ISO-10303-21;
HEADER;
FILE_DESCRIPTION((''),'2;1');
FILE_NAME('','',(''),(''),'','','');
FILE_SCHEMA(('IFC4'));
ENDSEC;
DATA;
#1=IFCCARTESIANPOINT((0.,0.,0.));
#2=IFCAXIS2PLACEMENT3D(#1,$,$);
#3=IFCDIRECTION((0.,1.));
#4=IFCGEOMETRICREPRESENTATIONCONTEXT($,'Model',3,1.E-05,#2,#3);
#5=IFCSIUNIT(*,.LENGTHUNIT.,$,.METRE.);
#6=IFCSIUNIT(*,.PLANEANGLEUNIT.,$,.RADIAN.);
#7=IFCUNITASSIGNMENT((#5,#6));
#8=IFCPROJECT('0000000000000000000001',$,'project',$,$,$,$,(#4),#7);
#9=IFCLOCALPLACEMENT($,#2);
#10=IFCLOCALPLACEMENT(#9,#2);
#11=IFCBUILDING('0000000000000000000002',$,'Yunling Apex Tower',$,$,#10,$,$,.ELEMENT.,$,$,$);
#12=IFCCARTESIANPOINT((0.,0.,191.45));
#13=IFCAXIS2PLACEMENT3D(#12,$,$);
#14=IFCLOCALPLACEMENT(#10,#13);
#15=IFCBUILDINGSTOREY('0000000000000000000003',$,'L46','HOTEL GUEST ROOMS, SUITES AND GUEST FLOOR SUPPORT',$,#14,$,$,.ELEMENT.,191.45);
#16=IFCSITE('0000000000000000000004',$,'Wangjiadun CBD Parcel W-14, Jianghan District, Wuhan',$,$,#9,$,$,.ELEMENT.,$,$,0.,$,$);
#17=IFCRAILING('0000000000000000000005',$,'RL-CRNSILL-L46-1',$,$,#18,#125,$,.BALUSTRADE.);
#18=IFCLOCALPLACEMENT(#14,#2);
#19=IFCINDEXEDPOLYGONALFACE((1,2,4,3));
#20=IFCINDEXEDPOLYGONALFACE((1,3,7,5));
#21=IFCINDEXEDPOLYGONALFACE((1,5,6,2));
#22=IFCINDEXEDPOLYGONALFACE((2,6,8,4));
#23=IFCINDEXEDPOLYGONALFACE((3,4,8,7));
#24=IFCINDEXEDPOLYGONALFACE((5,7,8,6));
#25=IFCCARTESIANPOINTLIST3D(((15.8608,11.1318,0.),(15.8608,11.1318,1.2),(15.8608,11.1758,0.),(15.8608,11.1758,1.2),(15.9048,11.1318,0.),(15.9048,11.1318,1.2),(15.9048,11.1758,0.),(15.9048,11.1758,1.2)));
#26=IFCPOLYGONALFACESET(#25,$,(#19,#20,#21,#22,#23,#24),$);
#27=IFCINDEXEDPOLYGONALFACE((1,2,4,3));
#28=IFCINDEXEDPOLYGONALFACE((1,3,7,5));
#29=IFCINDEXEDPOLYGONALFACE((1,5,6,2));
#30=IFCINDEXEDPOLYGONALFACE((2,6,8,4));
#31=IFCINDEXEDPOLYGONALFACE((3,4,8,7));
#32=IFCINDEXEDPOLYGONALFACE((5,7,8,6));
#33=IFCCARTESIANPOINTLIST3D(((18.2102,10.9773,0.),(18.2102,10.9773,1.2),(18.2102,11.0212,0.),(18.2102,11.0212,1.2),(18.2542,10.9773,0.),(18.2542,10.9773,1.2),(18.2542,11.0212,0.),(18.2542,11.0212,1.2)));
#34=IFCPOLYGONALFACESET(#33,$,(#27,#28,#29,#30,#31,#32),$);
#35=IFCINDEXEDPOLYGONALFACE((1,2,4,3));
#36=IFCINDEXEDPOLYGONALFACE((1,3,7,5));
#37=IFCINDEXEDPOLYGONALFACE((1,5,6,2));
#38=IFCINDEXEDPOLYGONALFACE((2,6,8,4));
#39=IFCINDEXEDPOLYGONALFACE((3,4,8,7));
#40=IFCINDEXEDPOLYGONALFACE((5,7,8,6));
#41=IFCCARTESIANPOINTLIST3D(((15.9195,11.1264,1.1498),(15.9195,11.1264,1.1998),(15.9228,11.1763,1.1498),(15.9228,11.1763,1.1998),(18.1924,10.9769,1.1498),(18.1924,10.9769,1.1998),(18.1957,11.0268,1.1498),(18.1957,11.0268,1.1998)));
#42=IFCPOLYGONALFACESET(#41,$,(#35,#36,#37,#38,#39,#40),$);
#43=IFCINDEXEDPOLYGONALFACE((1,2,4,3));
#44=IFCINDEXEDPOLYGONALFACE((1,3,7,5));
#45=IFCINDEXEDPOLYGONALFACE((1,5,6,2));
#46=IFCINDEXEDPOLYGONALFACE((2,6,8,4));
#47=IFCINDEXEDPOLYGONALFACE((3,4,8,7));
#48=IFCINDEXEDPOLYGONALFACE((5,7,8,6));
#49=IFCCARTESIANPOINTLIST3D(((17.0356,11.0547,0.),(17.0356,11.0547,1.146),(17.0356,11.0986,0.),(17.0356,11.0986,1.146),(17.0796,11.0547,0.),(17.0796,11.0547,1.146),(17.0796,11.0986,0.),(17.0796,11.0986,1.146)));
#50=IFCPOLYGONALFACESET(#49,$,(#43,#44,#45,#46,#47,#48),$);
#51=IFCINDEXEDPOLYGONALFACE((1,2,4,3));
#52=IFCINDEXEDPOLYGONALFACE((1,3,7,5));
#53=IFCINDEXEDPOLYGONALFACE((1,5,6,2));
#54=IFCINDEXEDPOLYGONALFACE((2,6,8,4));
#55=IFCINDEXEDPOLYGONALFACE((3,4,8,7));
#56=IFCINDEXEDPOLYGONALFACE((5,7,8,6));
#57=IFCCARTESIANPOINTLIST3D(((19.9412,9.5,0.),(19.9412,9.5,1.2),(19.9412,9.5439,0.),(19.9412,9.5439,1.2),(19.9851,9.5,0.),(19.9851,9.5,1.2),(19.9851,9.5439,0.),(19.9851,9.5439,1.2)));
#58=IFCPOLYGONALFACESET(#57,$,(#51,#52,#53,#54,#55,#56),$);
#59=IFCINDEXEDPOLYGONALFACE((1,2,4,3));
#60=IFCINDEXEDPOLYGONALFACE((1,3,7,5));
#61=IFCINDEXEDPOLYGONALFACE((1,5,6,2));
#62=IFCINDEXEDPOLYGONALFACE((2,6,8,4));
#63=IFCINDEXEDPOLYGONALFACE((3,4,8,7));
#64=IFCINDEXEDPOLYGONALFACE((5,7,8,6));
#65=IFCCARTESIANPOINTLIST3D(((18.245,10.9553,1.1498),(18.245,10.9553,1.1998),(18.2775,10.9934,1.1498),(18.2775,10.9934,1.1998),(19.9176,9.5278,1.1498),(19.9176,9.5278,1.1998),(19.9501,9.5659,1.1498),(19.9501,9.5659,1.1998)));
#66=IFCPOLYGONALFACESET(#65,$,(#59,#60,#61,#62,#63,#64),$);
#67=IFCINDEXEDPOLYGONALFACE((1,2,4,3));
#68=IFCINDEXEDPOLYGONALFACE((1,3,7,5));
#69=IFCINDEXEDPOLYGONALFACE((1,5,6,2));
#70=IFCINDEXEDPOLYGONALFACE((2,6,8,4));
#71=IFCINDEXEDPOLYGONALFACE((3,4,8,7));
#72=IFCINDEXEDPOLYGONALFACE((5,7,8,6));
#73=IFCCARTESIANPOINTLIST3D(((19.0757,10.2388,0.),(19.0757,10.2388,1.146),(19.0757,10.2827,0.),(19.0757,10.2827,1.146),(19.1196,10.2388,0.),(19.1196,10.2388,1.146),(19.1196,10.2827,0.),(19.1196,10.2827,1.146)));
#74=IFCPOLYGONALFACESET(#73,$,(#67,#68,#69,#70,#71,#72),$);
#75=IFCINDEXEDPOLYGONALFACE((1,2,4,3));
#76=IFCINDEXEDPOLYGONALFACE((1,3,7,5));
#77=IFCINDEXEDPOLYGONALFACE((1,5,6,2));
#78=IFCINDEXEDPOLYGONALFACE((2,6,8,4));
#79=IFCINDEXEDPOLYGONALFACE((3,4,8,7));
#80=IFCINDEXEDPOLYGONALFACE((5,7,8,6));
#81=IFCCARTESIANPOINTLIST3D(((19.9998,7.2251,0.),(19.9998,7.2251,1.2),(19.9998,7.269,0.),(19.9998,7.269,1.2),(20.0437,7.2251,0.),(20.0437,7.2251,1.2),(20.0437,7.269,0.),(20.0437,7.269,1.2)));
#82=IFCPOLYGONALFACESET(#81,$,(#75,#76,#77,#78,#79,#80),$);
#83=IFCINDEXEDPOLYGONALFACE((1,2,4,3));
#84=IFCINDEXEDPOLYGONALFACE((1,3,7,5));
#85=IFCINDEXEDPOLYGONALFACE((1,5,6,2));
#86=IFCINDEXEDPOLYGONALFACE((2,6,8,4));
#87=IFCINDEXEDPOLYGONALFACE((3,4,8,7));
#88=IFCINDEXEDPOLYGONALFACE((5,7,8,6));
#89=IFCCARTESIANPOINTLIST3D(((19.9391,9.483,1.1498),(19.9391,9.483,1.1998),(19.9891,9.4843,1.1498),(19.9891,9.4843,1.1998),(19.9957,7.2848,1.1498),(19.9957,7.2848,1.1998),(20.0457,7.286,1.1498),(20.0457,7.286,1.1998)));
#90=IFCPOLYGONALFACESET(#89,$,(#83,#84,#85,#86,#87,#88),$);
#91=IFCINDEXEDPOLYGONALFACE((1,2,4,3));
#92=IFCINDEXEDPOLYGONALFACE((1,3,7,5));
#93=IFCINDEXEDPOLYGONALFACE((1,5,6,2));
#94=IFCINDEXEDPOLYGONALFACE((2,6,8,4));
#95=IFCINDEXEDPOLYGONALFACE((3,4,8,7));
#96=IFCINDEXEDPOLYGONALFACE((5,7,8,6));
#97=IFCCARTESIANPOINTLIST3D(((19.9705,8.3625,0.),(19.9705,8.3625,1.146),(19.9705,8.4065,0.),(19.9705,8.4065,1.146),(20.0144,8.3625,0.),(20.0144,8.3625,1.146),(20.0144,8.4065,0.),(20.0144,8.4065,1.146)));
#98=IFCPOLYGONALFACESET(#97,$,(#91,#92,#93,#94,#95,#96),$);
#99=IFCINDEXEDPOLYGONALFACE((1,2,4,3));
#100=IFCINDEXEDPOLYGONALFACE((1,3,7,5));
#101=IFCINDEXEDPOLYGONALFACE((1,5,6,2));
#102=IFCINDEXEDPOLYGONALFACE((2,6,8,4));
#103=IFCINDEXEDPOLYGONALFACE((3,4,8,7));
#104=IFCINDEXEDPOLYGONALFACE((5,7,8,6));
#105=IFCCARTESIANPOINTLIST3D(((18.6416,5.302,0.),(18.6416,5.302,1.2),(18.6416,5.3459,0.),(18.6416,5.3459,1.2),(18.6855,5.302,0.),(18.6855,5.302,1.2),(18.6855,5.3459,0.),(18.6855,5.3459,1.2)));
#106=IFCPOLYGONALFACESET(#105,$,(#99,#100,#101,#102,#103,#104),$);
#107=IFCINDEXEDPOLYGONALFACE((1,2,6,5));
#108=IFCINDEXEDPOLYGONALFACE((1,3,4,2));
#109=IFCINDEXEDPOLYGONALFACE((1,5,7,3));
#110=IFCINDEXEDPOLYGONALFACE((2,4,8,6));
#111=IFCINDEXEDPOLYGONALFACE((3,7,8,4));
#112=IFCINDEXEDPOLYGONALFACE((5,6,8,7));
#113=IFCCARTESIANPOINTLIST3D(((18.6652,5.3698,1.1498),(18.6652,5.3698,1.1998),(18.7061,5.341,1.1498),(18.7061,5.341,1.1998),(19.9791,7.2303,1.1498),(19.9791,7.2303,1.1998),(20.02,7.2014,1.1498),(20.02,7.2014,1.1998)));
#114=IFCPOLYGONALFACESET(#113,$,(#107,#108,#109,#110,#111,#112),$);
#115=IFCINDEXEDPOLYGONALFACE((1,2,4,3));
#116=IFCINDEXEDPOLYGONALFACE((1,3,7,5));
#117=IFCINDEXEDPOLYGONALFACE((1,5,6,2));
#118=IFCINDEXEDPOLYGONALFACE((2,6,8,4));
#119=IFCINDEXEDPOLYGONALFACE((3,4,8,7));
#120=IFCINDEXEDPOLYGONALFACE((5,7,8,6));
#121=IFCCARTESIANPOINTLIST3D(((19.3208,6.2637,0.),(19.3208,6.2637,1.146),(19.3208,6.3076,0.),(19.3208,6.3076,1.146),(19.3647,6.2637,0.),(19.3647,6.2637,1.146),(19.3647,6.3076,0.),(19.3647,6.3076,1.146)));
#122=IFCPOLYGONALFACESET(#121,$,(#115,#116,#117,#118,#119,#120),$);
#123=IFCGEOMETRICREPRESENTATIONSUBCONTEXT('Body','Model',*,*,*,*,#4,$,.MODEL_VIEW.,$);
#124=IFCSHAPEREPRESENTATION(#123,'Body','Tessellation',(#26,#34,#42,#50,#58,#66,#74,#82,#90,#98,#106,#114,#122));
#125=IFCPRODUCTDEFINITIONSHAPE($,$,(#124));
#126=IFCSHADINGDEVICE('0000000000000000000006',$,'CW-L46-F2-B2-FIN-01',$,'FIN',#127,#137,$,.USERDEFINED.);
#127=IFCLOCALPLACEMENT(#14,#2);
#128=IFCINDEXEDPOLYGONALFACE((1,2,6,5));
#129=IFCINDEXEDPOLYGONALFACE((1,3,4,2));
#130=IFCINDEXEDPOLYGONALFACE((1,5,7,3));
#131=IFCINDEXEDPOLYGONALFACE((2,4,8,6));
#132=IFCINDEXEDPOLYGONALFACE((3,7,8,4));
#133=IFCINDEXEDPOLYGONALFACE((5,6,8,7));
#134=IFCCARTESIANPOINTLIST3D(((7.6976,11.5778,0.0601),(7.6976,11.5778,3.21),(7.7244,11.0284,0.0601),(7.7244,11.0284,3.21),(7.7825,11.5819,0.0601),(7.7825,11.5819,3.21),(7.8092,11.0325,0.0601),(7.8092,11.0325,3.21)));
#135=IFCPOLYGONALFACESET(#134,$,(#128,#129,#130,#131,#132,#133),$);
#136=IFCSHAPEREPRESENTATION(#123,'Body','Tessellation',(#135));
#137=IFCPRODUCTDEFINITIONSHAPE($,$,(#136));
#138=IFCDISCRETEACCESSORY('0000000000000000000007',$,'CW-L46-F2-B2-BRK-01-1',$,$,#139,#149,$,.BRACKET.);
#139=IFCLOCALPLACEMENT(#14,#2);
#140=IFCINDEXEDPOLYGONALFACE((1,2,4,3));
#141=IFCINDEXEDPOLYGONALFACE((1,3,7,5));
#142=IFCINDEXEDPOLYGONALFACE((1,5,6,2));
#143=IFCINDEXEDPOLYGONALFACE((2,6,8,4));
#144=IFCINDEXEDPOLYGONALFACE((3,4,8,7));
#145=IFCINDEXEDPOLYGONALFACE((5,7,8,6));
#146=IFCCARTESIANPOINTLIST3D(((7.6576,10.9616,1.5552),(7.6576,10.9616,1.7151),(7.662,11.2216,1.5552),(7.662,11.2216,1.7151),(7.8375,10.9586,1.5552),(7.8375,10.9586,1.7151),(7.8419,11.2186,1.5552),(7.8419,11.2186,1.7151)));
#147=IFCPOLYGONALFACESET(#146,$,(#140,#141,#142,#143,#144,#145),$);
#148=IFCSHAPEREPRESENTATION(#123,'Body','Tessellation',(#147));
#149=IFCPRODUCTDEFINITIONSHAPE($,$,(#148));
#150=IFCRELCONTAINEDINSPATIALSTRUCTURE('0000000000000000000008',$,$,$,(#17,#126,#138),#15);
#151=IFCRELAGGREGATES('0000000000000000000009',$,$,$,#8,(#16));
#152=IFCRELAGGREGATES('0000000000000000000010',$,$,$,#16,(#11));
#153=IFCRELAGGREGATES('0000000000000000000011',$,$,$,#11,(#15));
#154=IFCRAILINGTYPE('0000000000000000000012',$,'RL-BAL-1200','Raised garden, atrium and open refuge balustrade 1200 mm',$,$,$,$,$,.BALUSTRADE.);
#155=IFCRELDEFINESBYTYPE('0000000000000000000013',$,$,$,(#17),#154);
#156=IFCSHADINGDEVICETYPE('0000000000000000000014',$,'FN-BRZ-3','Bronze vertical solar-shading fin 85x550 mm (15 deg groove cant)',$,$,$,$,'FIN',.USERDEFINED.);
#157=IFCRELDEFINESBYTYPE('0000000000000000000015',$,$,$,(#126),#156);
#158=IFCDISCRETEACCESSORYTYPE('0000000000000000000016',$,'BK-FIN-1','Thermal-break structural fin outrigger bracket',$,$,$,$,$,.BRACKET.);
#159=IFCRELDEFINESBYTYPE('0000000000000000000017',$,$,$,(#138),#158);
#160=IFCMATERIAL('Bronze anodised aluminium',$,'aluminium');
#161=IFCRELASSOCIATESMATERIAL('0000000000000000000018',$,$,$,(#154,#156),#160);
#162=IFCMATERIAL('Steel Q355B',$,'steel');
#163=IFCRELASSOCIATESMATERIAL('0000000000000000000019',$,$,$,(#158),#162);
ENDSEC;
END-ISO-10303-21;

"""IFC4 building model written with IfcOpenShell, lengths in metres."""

from ifc_helpers import new_model, si_unit, direction, frame, origin, origin_2d, place, context, subcontext, project, spatial, rectangle, extrude, source, transform, mapped, material, material_profile, profile_set, type_object, element, save


model = new_model("IFC4")

# Units and contexts
model_context = context("Model", 3, precision=1e-05, world=origin(), true_north=direction((0.0, 1.0)))
body_context = subcontext(model_context, "Body", "Model", "MODEL_VIEW")
ifc_project = project(units=[si_unit("LENGTHUNIT", "METRE"), si_unit("PLANEANGLEUNIT", "RADIAN")], contexts=[model_context])

# Site, building, storey
site_placement = place(None, origin())
site = spatial("IfcSite", under=ifc_project, at=site_placement, Name="Wangjiadun CBD Parcel W-14, Jianghan District, Wuhan", CompositionType="ELEMENT", RefElevation=0.0)
building_placement = place(site_placement, origin())
building = spatial("IfcBuilding", under=site, at=building_placement, Name="Yunling Apex Tower", CompositionType="ELEMENT")
storey_placement = place(building_placement, frame((0.0, 0.0, 191.45)))
storey = spatial("IfcBuildingStorey", under=building, at=storey_placement, Name="L46", Description="HOTEL GUEST ROOMS, SUITES AND GUEST FLOOR SUPPORT", CompositionType="ELEMENT", Elevation=191.45)

# Shared definitions
ifc_material_1 = material(Name="Steel Q355B", Category="steel")

# Shared definitions
ifc_material_2 = material(Name="Bronze anodised aluminium", Category="aluminium")

# Railing
railing_type = type_object("IfcRailingType", Name="RL-BAL-1200", Description="Raised garden, atrium and open refuge balustrade 1200 mm", PredefinedType="BALUSTRADE", material=ifc_material_2)
railing_placement = place(storey_placement, frame((15.8828, 11.1538, 0.0)))
element("IfcRailing", 1, at=railing_placement, inside=storey, type_object=railing_type, Name="RL-CRNSILL-L46-1", PredefinedType="BALUSTRADE", context=body_context, shape_type="SweptSolid", body=[
    extrude(rectangle(XDim=0.0439, YDim=0.0439, at=origin_2d()), origin(), (0.0, 0.0, 1.0), 1.2),
    extrude(rectangle(XDim=0.0439, YDim=0.0439, at=origin_2d()), frame((2.3494, -0.1545, 0.0)), (0.0, 0.0, 1.0), 1.2),
    extrude(rectangle(XDim=0.05, YDim=0.05, at=origin_2d()), frame((0.0383, -0.0024, 1.1748), z_axis=(0.997843, -0.065638, 0.0), x_axis=(0.065638, 0.997843, 0.0)), (0.0, 0.0, 1.0), 2.2778),
    extrude(rectangle(XDim=0.0439, YDim=0.0439, at=origin_2d()), frame((1.1748, -0.0771, 0.0)), (0.0, 0.0, 1.0), 1.146),
    extrude(rectangle(XDim=0.0439, YDim=0.0439, at=origin_2d()), frame((4.0803, -1.6318, 0.0)), (0.0, 0.0, 1.0), 1.2),
    extrude(rectangle(XDim=0.05, YDim=0.05, at=origin_2d()), frame((2.3784, -0.1794, 1.1748), z_axis=(0.760641, -0.649173, 0.0), x_axis=(0.649173, 0.760641, 0.0)), (0.0, 0.0, 1.0), 2.199),
    extrude(rectangle(XDim=0.0439, YDim=0.0439, at=origin_2d()), frame((3.2148, -0.8931, 0.0)), (0.0, 0.0, 1.0), 1.146),
    extrude(rectangle(XDim=0.0439, YDim=0.0439, at=origin_2d()), frame((4.1389, -3.9067, 0.0)), (0.0, 0.0, 1.0), 1.2),
    extrude(rectangle(XDim=0.05, YDim=0.05, at=origin_2d()), frame((4.0813, -1.6702, 1.1748), z_axis=(0.025748, -0.999668, 0.0), x_axis=(0.999668, 0.025748, 0.0)), (0.0, 0.0, 1.0), 2.199),
    extrude(rectangle(XDim=0.0439, YDim=0.0439, at=origin_2d()), frame((4.1096, -2.7693, 0.0)), (0.0, 0.0, 1.0), 1.146),
    extrude(rectangle(XDim=0.0439, YDim=0.0439, at=origin_2d()), frame((2.7808, -5.8298, 0.0)), (0.0, 0.0, 1.0), 1.2),
    extrude(rectangle(XDim=0.05, YDim=0.05, at=origin_2d()), frame((4.1167, -3.938, 1.1748), z_axis=(-0.576875, -0.816833, 0.0), x_axis=(0.816833, -0.576875, 0.0)), (0.0, 0.0, 1.0), 2.2776),
    extrude(rectangle(XDim=0.0439, YDim=0.0439, at=origin_2d()), frame((3.46, -4.8682, 0.0)), (0.0, 0.0, 1.0), 1.146),
])

# Shading device
ifc_material_profile_1 = material_profile(ifc_material_2, rectangle(XDim=0.085, YDim=0.55, at=origin_2d()))
ifc_profile_set_1 = profile_set([ifc_material_profile_1], Name="Bronze anodised aluminium")
shading_device_type = type_object("IfcShadingDeviceType", Name="FN-BRZ-3", Description="Bronze vertical solar-shading fin 85x550 mm (15 deg groove cant)", ElementType="FIN", PredefinedType="USERDEFINED", material=ifc_profile_set_1)
shared_shape_1 = source(origin(), body_context, "Body", "SweptSolid", [
    extrude(rectangle(XDim=0.085, YDim=0.55, at=origin_2d()), origin(), (0.0, 0.0, 1.0), 3.1499),
])
shading_device_placement = place(storey_placement, frame((7.7534, 11.3052, 0.0601), z_axis=(0.0, 0.0, 1.0), x_axis=(-0.998815, -0.048675, 0.0)))
element("IfcShadingDevice", 2, at=shading_device_placement, inside=storey, type_object=shading_device_type, Name="CW-L46-F2-B2-FIN-01", ObjectType="FIN", PredefinedType="USERDEFINED", context=body_context, shape_type="MappedRepresentation", body=[
    mapped(shared_shape_1, transform((0.0, 0.0, 0.0), scale=1.0)),
])

# Discrete accessory
discrete_accessory_type = type_object("IfcDiscreteAccessoryType", Name="BK-FIN-1", Description="Thermal-break structural fin outrigger bracket", PredefinedType="BRACKET", material=ifc_material_1)
shared_shape_2 = source(origin(), body_context, "Body", "SweptSolid", [
    extrude(rectangle(XDim=0.1799, YDim=0.26, at=origin_2d()), origin(), (0.0, 0.0, 1.0), 0.1599),
])
discrete_accessory_placement = place(storey_placement, frame((7.7498, 11.0901, 1.5552), z_axis=(0.0, 0.0, 1.0), x_axis=(-0.99986, 0.016754, 0.0)))
element("IfcDiscreteAccessory", 3, at=discrete_accessory_placement, inside=storey, type_object=discrete_accessory_type, Name="CW-L46-F2-B2-BRK-01-1", PredefinedType="BRACKET", context=body_context, shape_type="MappedRepresentation", body=[
    mapped(shared_shape_2, transform((0.0, 0.0, 0.0), scale=1.0)),
])

save(model, "model.ifc")
